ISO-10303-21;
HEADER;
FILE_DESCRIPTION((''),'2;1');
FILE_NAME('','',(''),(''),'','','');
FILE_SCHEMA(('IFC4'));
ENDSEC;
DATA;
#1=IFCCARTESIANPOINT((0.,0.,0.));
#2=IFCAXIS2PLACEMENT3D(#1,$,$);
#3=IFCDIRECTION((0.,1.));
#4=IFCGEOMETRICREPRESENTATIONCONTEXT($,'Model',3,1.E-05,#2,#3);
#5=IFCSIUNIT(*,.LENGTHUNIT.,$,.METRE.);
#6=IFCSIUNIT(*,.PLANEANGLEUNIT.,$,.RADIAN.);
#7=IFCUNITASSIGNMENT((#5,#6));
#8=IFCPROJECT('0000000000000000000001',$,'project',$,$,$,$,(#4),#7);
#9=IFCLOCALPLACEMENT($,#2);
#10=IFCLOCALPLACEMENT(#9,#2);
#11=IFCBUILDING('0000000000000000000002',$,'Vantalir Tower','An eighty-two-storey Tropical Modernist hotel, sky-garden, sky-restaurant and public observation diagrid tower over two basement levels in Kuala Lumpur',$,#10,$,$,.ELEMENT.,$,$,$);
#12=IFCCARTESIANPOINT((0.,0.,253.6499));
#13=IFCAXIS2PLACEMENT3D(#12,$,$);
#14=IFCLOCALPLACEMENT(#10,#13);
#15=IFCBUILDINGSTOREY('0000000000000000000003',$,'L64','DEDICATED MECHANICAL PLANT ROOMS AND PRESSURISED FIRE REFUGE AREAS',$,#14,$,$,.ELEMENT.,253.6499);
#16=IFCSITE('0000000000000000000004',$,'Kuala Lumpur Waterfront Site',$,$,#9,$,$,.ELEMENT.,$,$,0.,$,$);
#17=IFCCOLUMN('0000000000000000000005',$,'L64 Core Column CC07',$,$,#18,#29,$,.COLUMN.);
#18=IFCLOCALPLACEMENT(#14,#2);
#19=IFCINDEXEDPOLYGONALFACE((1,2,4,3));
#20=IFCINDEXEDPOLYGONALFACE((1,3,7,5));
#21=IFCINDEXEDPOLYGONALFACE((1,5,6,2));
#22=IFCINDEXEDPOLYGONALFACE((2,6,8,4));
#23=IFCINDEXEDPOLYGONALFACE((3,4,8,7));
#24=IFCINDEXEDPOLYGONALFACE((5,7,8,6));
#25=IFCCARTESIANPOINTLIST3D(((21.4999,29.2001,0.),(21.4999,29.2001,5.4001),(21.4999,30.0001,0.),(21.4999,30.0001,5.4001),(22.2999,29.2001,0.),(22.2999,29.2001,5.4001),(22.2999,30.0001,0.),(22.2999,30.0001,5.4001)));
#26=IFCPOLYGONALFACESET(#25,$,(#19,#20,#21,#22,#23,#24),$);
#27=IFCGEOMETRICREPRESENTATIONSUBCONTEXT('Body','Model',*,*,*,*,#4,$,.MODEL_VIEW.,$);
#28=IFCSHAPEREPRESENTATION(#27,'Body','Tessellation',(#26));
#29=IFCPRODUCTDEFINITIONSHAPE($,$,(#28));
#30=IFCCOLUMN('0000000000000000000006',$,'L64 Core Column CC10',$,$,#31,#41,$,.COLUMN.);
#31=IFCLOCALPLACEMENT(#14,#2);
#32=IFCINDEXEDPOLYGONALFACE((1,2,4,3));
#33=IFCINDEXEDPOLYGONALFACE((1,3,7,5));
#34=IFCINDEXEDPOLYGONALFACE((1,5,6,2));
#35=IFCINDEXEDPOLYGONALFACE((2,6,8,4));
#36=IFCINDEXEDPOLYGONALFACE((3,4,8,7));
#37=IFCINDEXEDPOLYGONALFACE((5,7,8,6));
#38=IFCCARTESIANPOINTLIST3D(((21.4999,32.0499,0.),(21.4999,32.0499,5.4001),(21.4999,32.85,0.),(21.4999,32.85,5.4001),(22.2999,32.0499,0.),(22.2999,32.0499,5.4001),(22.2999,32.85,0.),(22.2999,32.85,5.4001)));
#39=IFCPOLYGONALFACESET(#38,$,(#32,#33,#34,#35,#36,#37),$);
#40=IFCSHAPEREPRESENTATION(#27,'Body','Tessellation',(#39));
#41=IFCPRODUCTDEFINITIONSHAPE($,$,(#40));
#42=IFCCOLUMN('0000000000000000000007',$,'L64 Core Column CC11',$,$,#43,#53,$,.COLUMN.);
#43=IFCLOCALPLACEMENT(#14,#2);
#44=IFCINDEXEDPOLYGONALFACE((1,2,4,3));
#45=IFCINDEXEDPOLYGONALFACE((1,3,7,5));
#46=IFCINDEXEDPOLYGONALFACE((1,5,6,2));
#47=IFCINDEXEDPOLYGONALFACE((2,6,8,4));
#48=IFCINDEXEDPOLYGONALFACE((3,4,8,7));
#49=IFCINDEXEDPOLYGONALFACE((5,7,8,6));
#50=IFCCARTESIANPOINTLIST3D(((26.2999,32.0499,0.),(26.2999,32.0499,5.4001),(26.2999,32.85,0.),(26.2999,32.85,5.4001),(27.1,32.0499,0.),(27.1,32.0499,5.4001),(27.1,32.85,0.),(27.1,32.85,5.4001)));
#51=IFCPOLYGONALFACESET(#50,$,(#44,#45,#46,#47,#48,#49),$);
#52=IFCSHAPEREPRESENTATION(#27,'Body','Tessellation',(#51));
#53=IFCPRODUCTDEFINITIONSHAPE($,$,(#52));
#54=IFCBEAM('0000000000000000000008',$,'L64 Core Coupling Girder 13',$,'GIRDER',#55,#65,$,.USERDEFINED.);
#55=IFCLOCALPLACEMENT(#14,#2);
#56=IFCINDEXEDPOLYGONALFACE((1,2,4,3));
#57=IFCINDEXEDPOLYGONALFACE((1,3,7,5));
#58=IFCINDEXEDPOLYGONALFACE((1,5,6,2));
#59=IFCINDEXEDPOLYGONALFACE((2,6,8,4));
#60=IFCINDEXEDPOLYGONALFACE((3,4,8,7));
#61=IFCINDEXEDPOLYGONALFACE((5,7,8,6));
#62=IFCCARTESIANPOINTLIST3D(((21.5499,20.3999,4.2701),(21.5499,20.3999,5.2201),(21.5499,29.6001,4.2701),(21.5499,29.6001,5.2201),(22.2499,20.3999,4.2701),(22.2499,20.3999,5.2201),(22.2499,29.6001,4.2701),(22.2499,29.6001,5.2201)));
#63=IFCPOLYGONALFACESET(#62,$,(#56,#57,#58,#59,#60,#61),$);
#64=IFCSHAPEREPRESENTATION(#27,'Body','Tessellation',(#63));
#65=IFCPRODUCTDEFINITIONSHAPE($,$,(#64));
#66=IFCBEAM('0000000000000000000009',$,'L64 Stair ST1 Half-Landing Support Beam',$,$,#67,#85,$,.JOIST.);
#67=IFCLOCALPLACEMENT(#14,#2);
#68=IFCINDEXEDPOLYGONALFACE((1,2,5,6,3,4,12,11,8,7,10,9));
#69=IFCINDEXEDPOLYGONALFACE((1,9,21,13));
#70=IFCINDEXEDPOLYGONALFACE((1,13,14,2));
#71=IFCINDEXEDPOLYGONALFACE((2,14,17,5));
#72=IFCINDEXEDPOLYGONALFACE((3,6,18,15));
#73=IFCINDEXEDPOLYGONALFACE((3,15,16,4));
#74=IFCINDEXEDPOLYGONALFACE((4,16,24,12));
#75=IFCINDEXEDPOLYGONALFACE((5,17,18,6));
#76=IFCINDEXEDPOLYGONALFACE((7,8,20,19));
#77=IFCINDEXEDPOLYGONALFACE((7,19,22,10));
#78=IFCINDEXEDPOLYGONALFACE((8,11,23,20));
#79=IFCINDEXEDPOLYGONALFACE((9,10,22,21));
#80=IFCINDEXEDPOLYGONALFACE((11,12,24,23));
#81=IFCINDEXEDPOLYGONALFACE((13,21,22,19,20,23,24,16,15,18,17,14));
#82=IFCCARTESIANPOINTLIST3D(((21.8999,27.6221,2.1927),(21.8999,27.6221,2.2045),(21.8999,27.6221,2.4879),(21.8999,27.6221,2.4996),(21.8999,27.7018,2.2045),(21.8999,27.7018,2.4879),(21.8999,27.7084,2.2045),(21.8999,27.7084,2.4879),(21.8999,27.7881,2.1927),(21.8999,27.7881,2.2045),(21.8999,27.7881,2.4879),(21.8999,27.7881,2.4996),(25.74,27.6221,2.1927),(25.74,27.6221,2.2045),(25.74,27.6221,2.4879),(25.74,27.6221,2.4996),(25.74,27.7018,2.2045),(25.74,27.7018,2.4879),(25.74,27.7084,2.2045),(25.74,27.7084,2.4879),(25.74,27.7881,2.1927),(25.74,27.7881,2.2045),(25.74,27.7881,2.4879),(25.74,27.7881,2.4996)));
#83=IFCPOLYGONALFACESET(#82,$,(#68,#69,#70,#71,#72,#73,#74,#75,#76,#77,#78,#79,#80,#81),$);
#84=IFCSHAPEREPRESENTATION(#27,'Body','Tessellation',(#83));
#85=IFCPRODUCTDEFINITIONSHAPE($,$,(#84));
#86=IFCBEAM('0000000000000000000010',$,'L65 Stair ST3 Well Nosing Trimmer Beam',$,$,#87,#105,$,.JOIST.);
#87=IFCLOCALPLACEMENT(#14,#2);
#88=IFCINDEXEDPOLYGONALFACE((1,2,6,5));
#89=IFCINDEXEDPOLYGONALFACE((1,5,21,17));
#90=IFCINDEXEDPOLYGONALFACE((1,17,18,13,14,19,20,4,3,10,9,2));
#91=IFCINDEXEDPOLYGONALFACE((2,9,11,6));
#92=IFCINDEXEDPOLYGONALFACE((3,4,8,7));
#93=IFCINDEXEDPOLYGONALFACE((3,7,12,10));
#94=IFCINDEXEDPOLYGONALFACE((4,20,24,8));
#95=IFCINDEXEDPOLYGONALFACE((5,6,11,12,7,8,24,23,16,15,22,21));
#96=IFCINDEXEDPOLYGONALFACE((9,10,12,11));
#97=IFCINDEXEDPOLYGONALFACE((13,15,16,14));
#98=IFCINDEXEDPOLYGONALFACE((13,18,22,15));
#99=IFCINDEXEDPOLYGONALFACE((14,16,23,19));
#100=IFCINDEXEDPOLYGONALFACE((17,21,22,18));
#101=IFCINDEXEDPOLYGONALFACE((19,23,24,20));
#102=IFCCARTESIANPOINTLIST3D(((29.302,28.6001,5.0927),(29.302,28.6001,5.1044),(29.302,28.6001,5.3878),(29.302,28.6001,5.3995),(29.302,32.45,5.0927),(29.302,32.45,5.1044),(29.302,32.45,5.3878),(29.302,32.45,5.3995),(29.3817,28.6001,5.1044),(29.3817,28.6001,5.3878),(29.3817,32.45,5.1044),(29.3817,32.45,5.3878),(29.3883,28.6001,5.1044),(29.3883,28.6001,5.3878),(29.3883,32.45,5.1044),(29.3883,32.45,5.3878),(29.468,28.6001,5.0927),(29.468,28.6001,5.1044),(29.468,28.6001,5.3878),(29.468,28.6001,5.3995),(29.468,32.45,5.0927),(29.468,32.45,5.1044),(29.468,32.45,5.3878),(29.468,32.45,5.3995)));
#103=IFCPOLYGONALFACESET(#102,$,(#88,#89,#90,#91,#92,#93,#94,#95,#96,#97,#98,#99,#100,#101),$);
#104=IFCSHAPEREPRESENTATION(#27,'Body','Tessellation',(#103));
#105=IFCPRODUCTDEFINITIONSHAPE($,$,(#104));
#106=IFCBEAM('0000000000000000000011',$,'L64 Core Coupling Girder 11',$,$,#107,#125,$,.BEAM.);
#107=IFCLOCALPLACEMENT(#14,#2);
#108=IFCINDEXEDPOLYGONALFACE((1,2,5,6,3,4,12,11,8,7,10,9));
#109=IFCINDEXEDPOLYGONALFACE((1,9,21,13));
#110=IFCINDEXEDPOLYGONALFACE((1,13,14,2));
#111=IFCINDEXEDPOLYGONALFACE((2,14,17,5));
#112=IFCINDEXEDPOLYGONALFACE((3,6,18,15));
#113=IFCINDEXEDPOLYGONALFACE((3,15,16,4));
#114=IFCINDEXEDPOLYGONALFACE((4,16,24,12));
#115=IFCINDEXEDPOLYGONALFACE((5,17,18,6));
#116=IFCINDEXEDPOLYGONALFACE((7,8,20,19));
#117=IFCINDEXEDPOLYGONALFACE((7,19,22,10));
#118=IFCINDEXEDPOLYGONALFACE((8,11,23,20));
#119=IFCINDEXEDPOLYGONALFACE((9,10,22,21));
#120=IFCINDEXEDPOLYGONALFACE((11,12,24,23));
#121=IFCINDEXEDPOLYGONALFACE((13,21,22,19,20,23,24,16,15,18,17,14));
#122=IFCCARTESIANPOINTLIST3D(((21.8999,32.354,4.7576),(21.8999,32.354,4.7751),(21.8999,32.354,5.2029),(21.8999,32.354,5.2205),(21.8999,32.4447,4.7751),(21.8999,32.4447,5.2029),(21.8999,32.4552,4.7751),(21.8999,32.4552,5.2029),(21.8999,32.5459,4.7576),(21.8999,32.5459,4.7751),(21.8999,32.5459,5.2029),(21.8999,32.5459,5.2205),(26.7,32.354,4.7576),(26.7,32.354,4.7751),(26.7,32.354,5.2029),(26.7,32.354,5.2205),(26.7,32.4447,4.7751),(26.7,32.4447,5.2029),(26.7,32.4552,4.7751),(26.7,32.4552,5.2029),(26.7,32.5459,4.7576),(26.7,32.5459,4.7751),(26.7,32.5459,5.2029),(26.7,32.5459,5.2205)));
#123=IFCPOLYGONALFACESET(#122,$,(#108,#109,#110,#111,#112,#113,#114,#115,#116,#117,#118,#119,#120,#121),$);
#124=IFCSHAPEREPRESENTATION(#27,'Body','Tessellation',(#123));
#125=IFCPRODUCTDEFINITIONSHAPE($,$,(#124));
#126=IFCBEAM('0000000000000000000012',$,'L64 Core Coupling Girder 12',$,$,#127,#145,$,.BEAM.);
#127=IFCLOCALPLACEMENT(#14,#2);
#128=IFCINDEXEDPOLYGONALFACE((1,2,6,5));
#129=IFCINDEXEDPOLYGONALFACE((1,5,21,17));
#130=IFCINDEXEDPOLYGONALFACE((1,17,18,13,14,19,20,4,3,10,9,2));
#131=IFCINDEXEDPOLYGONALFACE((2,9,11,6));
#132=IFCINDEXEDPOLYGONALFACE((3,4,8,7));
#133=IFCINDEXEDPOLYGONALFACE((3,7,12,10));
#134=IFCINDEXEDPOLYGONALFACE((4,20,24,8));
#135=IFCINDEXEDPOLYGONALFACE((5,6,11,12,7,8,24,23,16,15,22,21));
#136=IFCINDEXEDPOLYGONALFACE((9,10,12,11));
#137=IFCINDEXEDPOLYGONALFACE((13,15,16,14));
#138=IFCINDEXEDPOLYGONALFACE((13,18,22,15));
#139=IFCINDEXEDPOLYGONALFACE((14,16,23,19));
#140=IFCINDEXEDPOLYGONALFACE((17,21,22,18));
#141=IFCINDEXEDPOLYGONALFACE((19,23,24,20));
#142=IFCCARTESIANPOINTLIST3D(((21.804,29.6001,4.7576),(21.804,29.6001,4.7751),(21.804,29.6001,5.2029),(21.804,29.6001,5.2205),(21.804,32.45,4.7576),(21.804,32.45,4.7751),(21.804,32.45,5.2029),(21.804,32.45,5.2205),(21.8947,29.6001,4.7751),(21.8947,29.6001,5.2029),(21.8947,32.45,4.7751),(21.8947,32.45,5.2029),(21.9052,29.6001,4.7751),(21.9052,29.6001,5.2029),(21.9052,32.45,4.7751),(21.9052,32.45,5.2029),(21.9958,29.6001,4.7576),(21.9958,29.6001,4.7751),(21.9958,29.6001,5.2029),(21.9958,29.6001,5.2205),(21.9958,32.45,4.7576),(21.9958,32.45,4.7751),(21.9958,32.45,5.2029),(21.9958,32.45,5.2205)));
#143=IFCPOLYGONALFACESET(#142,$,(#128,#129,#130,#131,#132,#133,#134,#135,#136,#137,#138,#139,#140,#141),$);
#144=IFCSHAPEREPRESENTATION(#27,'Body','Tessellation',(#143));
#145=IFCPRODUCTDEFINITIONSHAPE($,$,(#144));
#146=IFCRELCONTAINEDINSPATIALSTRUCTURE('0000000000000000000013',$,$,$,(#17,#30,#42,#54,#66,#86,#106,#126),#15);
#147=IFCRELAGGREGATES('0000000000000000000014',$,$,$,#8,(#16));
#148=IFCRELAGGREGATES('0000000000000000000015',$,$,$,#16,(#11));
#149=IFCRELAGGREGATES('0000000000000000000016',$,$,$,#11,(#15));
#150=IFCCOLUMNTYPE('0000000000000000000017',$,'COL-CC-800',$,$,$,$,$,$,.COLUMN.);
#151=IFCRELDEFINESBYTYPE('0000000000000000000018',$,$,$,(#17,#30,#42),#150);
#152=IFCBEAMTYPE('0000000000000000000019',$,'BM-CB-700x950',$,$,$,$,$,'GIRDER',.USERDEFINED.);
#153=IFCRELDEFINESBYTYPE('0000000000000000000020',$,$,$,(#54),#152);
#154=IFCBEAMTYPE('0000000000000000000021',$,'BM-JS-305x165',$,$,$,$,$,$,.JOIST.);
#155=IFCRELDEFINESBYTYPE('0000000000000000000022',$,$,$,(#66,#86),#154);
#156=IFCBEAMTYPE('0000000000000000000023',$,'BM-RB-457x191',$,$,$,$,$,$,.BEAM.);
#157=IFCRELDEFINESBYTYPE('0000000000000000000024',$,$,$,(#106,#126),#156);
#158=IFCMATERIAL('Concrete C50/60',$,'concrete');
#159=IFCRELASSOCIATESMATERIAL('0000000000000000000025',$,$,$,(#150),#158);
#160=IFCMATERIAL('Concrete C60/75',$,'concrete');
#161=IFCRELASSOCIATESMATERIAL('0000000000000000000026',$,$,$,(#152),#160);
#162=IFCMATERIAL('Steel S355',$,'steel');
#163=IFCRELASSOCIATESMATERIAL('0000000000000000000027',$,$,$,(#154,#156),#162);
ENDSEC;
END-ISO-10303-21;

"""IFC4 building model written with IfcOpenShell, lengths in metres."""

from ifc_helpers import new_model, si_unit, direction, frame, origin, origin_2d, place, context, subcontext, project, spatial, rectangle, i_section, extrude, material, material_profile, profile_set, type_object, element, save


model = new_model("IFC4")

# Units and contexts
model_context = context("Model", 3, precision=1e-05, world=origin(), true_north=direction((0.0, 1.0)))
body_context = subcontext(model_context, "Body", "Model", "MODEL_VIEW")
ifc_project = project(units=[si_unit("LENGTHUNIT", "METRE"), si_unit("PLANEANGLEUNIT", "RADIAN")], contexts=[model_context])

# Site, building, storey
site_placement = place(None, origin())
site = spatial("IfcSite", under=ifc_project, at=site_placement, Name="Kuala Lumpur Waterfront Site", CompositionType="ELEMENT", RefElevation=0.0)
building_placement = place(site_placement, origin())
building = spatial("IfcBuilding", under=site, at=building_placement, Name="Vantalir Tower", Description="An eighty-two-storey Tropical Modernist hotel, sky-garden, sky-restaurant and public observation diagrid tower over two basement levels in Kuala Lumpur", CompositionType="ELEMENT")
storey_placement = place(building_placement, frame((0.0, 0.0, 253.6499)))
storey = spatial("IfcBuildingStorey", under=building, at=storey_placement, Name="L64", Description="DEDICATED MECHANICAL PLANT ROOMS AND PRESSURISED FIRE REFUGE AREAS", CompositionType="ELEMENT", Elevation=253.6499)

# Columns
ifc_material_1 = material(Name="Concrete C50/60", Category="concrete")
ifc_material_profile_1 = material_profile(ifc_material_1, rectangle(XDim=0.8, YDim=0.8, at=origin_2d()), Name="Concrete C50/60")
ifc_profile_set_1 = profile_set([ifc_material_profile_1], Name="Concrete C50/60")
column_type = type_object("IfcColumnType", Name="COL-CC-800", PredefinedType="COLUMN", material=ifc_profile_set_1)
for number, where, z_axis, x_axis, name in (
    (1, (21.8999, 29.6001, 0.0), (0.0, 0.0, 1.0), (1.0, 0.0, 0.0), "L64 Core Column CC07"),
    (2, (21.8999, 32.45, 0.0), (0.0, 0.0, 1.0), (1.0, 0.0, 0.0), "L64 Core Column CC10"),
    (3, (26.7, 32.45, 0.0), (0.0, 0.0, 1.0), (1.0, 0.0, 0.0), "L64 Core Column CC11"),
):
    element("IfcColumn", number, at=place(storey_placement, frame(where, z_axis=z_axis, x_axis=x_axis)), inside=storey, type_object=column_type, Name=name, PredefinedType="COLUMN", context=body_context, shape_type="SweptSolid", body=[
        extrude(rectangle(XDim=0.8, YDim=0.8, at=origin_2d()), origin(), (0.0, 0.0, 1.0), 5.4001),
    ])

# Beams
ifc_material_2 = material(Name="Concrete C60/75", Category="concrete")
ifc_material_profile_2 = material_profile(ifc_material_2, rectangle(XDim=0.7, YDim=0.95, at=origin_2d()), Name="Concrete C60/75")
ifc_profile_set_2 = profile_set([ifc_material_profile_2], Name="Concrete C60/75")
beam_type_1 = type_object("IfcBeamType", Name="BM-CB-700x950", ElementType="GIRDER", PredefinedType="USERDEFINED", material=ifc_profile_set_2)
beam_1_placement = place(storey_placement, frame((21.8999, 29.6001, 4.7451), z_axis=(0.0, -1.0, 0.0), x_axis=(1.0, 0.0, 0.0)))
element("IfcBeam", 4, at=beam_1_placement, inside=storey, type_object=beam_type_1, Name="L64 Core Coupling Girder 13", ObjectType="GIRDER", PredefinedType="USERDEFINED", context=body_context, shape_type="SweptSolid", body=[
    extrude(rectangle(XDim=0.7, YDim=0.95, at=origin_2d()), origin(), (0.0, 0.0, 1.0), 9.2002),
])
ifc_material_3 = material(Name="Steel S355", Category="steel")
ifc_material_profile_3 = material_profile(ifc_material_3, i_section(OverallWidth=0.166, OverallDepth=0.3069, WebThickness=0.0066, FlangeThickness=0.0117, at=origin_2d()), Name="Steel S355")
ifc_profile_set_3 = profile_set([ifc_material_profile_3], Name="Steel S355")
beam_type_2 = type_object("IfcBeamType", Name="BM-JS-305x165", PredefinedType="JOIST", material=ifc_profile_set_3)
beam_2_placement = place(storey_placement, frame((21.8999, 27.7051, 2.3462), z_axis=(1.0, 0.0, 0.0), x_axis=(0.0, 1.0, 0.0)))
element("IfcBeam", 5, at=beam_2_placement, inside=storey, type_object=beam_type_2, Name="L64 Stair ST1 Half-Landing Support Beam", PredefinedType="JOIST", context=body_context, shape_type="SweptSolid", body=[
    extrude(i_section(OverallWidth=0.166, OverallDepth=0.3069, WebThickness=0.0066, FlangeThickness=0.0117, at=origin_2d()), origin(), (0.0, 0.0, 1.0), 3.8401),
])
beam_3_placement = place(storey_placement, frame((29.385, 28.6001, 5.2461), z_axis=(0.0, 1.0, 0.0), x_axis=(-1.0, 0.0, 0.0)))
element("IfcBeam", 6, at=beam_3_placement, inside=storey, type_object=beam_type_2, Name="L65 Stair ST3 Well Nosing Trimmer Beam", PredefinedType="JOIST", context=body_context, shape_type="SweptSolid", body=[
    extrude(i_section(OverallWidth=0.166, OverallDepth=0.3069, WebThickness=0.0066, FlangeThickness=0.0117, at=origin_2d()), origin(), (0.0, 0.0, 1.0), 3.8499),
])
ifc_material_profile_4 = material_profile(ifc_material_3, i_section(OverallWidth=0.1919, OverallDepth=0.4629, WebThickness=0.0105, FlangeThickness=0.0176, at=origin_2d()), Name="Steel S355")
ifc_profile_set_4 = profile_set([ifc_material_profile_4], Name="Steel S355")
beam_type_3 = type_object("IfcBeamType", Name="BM-RB-457x191", PredefinedType="BEAM", material=ifc_profile_set_4)
beam_4_placement = place(storey_placement, frame((26.7, 32.45, 4.989), z_axis=(-1.0, 0.0, 0.0), x_axis=(0.0, -1.0, 0.0)))
element("IfcBeam", 7, at=beam_4_placement, inside=storey, type_object=beam_type_3, Name="L64 Core Coupling Girder 11", PredefinedType="BEAM", context=body_context, shape_type="SweptSolid", body=[
    extrude(i_section(OverallWidth=0.1919, OverallDepth=0.4629, WebThickness=0.0105, FlangeThickness=0.0176, at=origin_2d()), origin(), (0.0, 0.0, 1.0), 4.8),
])
beam_5_placement = place(storey_placement, frame((21.8999, 32.45, 4.989), z_axis=(0.0, -1.0, 0.0), x_axis=(1.0, 0.0, 0.0)))
element("IfcBeam", 8, at=beam_5_placement, inside=storey, type_object=beam_type_3, Name="L64 Core Coupling Girder 12", PredefinedType="BEAM", context=body_context, shape_type="SweptSolid", body=[
    extrude(i_section(OverallWidth=0.1919, OverallDepth=0.4629, WebThickness=0.0105, FlangeThickness=0.0176, at=origin_2d()), origin(), (0.0, 0.0, 1.0), 2.8499),
])

save(model, "model.ifc")
